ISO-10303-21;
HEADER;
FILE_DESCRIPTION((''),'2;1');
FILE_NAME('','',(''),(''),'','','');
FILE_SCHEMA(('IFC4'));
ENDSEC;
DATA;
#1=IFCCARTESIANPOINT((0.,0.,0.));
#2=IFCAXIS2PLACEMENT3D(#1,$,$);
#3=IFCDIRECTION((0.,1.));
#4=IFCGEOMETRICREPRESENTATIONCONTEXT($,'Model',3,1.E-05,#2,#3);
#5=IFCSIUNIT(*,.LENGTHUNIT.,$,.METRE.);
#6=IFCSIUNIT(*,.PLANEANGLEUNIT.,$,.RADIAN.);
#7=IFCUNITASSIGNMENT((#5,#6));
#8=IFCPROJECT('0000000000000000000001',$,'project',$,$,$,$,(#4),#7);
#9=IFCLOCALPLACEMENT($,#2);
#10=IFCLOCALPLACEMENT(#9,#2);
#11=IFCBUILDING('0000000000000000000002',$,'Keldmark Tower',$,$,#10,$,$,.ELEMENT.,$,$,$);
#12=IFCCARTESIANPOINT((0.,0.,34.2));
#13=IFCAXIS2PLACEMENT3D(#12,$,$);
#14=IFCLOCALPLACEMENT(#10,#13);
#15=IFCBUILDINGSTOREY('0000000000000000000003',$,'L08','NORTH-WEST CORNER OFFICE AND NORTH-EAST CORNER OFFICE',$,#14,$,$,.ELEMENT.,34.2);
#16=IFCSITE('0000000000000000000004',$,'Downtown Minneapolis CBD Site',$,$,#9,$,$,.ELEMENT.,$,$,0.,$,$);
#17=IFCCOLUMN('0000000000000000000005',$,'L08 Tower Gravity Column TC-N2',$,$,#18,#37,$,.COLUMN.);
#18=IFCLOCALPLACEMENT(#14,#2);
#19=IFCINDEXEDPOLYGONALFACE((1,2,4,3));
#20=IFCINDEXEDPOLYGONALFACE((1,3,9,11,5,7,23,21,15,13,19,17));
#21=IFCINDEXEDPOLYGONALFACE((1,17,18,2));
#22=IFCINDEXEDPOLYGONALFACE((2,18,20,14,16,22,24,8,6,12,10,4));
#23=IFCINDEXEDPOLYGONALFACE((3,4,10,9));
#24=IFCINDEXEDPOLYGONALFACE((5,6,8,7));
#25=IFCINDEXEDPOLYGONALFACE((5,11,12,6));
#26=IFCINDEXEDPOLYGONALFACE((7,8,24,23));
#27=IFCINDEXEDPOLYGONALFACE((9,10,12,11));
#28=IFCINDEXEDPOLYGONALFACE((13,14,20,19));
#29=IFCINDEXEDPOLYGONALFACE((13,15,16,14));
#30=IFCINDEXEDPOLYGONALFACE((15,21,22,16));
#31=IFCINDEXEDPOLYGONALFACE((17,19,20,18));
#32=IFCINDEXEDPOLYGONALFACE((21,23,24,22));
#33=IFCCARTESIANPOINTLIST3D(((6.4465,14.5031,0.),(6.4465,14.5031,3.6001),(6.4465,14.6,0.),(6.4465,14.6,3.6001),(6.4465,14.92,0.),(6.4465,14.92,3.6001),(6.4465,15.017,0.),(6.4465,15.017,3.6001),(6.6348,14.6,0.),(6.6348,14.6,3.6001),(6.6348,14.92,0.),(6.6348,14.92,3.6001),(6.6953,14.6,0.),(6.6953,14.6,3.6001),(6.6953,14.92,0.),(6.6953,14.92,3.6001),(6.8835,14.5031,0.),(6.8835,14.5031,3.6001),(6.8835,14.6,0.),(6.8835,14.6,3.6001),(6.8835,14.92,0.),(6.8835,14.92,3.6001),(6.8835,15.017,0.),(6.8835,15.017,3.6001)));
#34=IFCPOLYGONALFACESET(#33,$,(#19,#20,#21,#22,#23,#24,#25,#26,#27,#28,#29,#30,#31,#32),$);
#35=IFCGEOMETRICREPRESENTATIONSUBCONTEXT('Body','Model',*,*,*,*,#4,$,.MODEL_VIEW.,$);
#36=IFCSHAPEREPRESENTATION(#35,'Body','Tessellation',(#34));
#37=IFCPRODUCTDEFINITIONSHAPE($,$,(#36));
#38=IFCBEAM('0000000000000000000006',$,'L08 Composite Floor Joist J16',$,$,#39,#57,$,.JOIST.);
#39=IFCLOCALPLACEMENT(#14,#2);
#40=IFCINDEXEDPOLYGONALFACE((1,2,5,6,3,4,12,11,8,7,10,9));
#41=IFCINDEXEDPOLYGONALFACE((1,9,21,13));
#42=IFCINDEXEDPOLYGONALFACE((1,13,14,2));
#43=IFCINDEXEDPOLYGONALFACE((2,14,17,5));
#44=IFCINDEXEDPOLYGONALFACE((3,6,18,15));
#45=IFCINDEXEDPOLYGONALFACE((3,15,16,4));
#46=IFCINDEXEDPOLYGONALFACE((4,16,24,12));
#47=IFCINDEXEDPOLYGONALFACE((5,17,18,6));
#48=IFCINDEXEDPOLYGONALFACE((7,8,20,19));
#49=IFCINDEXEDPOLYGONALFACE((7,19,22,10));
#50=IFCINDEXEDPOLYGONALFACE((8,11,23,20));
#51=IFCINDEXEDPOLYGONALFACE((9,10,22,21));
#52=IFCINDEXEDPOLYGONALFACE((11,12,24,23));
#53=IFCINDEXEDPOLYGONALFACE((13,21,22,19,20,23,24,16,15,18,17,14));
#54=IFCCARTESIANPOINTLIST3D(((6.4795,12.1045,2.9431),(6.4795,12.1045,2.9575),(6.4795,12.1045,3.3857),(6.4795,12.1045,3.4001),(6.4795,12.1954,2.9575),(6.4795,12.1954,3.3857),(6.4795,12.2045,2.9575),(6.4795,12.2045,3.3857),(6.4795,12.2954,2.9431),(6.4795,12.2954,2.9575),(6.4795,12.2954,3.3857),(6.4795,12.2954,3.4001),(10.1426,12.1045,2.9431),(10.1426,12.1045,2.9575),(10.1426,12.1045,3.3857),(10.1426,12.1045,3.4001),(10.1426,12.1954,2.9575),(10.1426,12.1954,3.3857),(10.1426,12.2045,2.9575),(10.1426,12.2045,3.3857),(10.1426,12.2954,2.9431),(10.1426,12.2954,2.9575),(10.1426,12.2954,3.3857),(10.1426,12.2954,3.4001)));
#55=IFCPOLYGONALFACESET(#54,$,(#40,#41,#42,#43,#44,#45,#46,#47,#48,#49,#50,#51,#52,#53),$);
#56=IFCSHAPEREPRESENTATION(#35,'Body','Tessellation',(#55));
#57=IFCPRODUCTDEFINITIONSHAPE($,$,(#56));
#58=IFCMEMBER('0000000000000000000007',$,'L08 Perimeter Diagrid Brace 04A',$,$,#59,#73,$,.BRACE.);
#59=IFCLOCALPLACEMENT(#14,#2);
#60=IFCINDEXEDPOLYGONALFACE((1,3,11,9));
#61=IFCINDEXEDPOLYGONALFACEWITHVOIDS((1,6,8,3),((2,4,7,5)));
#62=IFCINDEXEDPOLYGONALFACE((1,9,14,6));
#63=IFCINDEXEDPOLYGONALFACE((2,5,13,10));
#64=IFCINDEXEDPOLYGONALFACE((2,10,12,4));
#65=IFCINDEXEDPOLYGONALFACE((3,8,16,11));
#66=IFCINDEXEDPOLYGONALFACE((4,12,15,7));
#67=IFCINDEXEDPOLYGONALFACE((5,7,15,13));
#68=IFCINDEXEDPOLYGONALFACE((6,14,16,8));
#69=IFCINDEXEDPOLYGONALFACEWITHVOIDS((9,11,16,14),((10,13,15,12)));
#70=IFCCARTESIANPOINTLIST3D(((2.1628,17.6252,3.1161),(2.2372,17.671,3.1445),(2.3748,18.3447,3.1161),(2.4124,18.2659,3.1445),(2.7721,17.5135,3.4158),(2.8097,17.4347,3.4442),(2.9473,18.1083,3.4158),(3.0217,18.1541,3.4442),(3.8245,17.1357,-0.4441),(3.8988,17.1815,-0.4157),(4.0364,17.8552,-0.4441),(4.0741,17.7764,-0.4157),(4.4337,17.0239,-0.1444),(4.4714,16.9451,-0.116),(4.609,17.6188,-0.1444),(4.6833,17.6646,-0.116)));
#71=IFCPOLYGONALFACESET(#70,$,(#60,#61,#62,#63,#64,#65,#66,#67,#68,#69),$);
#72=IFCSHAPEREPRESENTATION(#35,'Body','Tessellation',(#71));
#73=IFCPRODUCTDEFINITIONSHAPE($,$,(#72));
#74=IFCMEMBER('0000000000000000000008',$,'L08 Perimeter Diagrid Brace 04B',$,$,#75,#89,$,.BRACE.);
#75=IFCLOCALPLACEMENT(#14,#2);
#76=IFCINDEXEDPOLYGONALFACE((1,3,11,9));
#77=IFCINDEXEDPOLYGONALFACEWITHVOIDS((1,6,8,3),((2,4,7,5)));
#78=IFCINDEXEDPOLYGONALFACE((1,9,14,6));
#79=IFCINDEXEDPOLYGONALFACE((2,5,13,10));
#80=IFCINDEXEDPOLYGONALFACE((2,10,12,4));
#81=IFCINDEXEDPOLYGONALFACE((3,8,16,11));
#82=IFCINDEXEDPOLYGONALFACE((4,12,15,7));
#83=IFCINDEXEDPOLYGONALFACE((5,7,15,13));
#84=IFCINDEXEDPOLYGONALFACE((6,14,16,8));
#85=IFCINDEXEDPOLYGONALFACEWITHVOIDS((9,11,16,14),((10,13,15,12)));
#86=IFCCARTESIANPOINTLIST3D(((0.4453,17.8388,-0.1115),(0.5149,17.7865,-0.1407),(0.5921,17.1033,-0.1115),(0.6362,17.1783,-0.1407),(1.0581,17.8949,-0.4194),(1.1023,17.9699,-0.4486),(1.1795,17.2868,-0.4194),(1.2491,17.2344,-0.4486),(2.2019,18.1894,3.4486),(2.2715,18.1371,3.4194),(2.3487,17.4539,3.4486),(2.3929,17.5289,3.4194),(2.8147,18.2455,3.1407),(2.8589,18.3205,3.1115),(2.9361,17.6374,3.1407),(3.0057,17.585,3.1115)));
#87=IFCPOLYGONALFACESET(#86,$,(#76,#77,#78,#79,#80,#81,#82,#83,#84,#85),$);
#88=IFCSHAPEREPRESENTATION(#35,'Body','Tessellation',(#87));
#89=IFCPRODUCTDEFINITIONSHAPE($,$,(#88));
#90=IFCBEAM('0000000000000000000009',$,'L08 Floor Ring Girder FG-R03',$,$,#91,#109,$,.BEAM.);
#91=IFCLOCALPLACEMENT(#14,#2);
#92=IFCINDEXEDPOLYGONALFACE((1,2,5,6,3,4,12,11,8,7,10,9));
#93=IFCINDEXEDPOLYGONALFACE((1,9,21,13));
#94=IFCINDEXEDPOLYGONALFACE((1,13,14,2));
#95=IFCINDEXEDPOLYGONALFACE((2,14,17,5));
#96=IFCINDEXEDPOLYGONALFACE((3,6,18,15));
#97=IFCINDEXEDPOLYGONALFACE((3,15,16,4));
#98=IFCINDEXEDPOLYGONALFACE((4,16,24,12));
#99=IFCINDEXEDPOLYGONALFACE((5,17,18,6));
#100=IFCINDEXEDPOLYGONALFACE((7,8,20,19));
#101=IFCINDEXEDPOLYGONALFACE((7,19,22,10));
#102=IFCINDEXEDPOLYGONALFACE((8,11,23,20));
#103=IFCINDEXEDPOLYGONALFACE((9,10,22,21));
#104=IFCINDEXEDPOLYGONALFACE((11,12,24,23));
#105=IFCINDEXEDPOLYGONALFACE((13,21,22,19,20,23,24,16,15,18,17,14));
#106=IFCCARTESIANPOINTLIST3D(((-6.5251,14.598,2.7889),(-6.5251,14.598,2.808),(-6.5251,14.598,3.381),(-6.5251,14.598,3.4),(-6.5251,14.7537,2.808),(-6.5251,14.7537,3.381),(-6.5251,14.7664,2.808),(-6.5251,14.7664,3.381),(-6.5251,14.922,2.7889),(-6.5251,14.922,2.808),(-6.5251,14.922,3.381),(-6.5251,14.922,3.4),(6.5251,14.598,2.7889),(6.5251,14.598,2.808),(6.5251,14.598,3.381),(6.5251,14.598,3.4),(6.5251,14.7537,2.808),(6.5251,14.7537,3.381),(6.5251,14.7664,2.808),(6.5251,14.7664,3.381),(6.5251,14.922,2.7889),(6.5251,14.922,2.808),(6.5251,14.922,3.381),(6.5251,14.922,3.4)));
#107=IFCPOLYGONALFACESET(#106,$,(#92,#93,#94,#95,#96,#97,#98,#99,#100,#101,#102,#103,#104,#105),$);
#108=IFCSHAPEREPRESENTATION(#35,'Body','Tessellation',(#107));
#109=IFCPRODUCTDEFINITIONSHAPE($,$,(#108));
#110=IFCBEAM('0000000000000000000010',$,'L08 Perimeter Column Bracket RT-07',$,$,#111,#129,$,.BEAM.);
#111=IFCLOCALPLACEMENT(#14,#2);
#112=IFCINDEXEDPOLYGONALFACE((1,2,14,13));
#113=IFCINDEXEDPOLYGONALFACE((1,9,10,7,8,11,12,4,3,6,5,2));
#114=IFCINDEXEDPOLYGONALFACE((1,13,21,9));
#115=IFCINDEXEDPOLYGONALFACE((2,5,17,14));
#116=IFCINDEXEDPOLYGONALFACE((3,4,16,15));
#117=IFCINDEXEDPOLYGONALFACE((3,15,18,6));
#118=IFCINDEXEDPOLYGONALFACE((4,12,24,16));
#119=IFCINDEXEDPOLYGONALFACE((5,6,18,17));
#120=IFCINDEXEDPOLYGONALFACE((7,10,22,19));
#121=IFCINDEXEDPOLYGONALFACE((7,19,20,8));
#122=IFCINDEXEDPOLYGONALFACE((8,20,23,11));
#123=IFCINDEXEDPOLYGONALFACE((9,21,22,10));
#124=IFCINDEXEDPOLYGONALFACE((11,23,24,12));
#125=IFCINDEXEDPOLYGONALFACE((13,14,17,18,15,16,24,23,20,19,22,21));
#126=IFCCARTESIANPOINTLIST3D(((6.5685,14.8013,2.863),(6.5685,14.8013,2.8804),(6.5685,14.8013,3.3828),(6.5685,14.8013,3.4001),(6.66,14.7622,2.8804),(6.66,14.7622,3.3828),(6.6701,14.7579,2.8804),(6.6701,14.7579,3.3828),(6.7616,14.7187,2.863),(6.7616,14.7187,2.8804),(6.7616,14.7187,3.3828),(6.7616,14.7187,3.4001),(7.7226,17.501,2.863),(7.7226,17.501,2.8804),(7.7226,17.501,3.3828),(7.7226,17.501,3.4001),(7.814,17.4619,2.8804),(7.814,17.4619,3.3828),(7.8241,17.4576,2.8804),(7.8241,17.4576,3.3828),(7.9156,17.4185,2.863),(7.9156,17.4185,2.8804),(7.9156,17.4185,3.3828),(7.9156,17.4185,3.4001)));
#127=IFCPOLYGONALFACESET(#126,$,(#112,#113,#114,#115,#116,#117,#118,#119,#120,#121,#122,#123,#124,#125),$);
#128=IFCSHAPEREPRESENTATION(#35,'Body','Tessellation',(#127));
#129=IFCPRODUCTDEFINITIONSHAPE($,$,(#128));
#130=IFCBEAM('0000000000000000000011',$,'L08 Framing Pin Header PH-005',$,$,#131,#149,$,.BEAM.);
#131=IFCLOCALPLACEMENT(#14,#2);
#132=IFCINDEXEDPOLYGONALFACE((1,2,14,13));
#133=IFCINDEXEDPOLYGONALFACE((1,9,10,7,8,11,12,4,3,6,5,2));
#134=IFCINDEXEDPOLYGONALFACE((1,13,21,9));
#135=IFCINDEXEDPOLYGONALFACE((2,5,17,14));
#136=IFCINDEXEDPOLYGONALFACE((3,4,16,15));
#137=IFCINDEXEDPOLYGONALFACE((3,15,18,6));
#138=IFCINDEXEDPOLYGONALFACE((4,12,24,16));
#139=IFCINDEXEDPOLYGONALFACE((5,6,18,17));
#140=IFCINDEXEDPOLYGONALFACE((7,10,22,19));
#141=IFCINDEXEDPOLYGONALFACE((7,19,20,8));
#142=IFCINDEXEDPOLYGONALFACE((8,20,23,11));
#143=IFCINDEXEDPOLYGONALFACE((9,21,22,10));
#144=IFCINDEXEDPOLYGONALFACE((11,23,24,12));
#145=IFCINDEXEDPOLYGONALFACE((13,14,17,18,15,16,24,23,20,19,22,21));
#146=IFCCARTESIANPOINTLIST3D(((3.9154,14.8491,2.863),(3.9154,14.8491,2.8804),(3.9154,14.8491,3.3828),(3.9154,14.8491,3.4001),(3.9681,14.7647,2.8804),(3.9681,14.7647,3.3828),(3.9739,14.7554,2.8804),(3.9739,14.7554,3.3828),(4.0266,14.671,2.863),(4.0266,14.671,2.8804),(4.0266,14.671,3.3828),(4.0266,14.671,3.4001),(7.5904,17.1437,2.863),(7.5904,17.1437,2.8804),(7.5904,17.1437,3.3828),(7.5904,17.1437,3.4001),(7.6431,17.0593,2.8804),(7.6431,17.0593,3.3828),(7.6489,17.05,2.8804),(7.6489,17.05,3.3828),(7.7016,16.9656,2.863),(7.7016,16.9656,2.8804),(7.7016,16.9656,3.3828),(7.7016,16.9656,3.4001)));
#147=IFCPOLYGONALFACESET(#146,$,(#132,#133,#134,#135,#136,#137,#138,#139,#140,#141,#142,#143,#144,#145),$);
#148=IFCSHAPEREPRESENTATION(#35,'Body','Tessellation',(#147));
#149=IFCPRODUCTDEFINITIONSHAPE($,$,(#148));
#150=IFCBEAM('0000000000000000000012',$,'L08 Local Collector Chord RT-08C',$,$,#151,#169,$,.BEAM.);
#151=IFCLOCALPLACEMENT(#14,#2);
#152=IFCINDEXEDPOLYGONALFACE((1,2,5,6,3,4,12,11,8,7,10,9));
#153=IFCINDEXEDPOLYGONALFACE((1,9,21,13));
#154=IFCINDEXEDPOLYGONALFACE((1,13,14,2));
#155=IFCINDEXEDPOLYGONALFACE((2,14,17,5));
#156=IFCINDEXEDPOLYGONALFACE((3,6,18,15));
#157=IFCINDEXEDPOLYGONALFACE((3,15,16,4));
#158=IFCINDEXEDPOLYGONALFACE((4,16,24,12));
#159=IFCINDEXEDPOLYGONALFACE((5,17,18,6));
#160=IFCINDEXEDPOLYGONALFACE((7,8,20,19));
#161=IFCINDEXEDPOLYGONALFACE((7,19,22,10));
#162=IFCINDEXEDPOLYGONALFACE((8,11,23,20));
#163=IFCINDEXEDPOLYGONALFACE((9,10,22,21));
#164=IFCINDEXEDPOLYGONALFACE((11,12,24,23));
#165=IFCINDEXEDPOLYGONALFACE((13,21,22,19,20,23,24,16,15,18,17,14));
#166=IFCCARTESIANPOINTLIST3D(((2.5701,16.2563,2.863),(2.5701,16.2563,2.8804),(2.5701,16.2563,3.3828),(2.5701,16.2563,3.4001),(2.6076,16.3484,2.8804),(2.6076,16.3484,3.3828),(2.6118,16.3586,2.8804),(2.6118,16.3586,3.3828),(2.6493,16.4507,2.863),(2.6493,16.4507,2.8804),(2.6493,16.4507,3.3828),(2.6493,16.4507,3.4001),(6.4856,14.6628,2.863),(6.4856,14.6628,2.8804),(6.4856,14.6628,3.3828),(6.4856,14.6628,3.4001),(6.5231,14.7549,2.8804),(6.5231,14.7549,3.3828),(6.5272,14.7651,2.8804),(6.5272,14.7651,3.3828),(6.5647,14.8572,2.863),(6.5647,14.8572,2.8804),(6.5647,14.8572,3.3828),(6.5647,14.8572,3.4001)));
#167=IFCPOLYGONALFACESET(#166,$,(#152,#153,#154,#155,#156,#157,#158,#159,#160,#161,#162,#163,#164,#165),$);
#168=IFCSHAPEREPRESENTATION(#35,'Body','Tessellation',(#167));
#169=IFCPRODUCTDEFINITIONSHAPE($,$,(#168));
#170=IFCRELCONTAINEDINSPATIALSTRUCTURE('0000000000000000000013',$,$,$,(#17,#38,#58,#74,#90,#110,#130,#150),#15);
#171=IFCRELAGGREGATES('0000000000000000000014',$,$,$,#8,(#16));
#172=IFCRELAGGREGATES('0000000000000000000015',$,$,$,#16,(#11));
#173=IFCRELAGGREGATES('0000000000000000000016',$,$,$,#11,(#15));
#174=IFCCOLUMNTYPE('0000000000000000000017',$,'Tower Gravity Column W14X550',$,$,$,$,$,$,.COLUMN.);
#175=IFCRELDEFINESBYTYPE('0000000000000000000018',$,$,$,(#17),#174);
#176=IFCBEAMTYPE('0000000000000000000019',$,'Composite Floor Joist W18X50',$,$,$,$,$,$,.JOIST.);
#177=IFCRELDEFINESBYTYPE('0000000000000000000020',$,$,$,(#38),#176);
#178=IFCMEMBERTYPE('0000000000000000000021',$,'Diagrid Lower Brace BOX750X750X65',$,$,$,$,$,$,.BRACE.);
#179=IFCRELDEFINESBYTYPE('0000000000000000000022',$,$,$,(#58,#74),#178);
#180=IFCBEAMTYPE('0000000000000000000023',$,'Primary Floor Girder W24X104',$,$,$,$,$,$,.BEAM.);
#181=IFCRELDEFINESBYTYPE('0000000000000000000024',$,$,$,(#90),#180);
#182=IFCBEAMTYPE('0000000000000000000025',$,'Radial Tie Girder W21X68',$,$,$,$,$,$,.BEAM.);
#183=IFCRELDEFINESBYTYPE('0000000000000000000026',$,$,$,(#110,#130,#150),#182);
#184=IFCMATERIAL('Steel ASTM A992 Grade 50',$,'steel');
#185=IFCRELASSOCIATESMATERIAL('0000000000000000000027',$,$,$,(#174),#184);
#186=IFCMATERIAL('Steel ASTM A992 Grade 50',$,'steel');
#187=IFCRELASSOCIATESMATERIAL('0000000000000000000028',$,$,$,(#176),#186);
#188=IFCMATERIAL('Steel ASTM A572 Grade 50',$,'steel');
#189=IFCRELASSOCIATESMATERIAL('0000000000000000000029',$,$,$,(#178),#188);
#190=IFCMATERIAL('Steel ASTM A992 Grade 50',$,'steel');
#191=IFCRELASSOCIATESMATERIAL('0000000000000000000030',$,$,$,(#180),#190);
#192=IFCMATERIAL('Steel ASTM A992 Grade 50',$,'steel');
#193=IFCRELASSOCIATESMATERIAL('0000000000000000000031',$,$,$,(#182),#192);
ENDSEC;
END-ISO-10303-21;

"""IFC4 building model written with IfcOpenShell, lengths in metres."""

from ifc_helpers import new_model, si_unit, direction, frame, origin, origin_2d, place, context, subcontext, project, spatial, hollow_rectangle, i_section, extrude, material, material_profile, profile_set, type_object, element, save


model = new_model("IFC4")

# Units and contexts
model_context = context("Model", 3, precision=1e-05, world=origin(), true_north=direction((0.0, 1.0)))
body_context = subcontext(model_context, "Body", "Model", "MODEL_VIEW")
ifc_project = project(units=[si_unit("LENGTHUNIT", "METRE"), si_unit("PLANEANGLEUNIT", "RADIAN")], contexts=[model_context])

# Site, building, storey
site_placement = place(None, origin())
site = spatial("IfcSite", under=ifc_project, at=site_placement, Name="Downtown Minneapolis CBD Site", CompositionType="ELEMENT", RefElevation=0.0)
building_placement = place(site_placement, origin())
building = spatial("IfcBuilding", under=site, at=building_placement, Name="Keldmark Tower", CompositionType="ELEMENT")
storey_placement = place(building_placement, frame((0.0, 0.0, 34.2)))
storey = spatial("IfcBuildingStorey", under=building, at=storey_placement, Name="L08", Description="NORTH-WEST CORNER OFFICE AND NORTH-EAST CORNER OFFICE", CompositionType="ELEMENT", Elevation=34.2)

# Column
ifc_material_1 = material(Name="Steel ASTM A992 Grade 50", Category="steel")
ifc_material_profile_1 = material_profile(ifc_material_1, i_section(OverallWidth=0.437, OverallDepth=0.5139, WebThickness=0.0605, FlangeThickness=0.0969, at=origin_2d()), Name="W14X550")
ifc_profile_set_1 = profile_set([ifc_material_profile_1], Name="Steel ASTM A992 Grade 50")
column_type = type_object("IfcColumnType", Name="Tower Gravity Column W14X550", PredefinedType="COLUMN", material=ifc_profile_set_1)
column_placement = place(storey_placement, frame((6.665, 14.76, 0.0), z_axis=(0.0, 0.0, 1.0), x_axis=(1.0, 0.0, 0.0)))
element("IfcColumn", 1, at=column_placement, inside=storey, type_object=column_type, Name="L08 Tower Gravity Column TC-N2", PredefinedType="COLUMN", context=body_context, shape_type="SweptSolid", body=[
    extrude(i_section(OverallWidth=0.437, OverallDepth=0.5139, WebThickness=0.0605, FlangeThickness=0.0969, at=origin_2d()), origin(), (0.0, 0.0, 1.0), 3.6001),
])

# Beam
ifc_material_2 = material(Name="Steel ASTM A992 Grade 50", Category="steel")
ifc_material_profile_2 = material_profile(ifc_material_2, i_section(OverallWidth=0.1909, OverallDepth=0.457, WebThickness=0.009, FlangeThickness=0.0144, at=origin_2d()), Name="W18X50")
ifc_profile_set_2 = profile_set([ifc_material_profile_2], Name="Steel ASTM A992 Grade 50")
beam_type_1 = type_object("IfcBeamType", Name="Composite Floor Joist W18X50", PredefinedType="JOIST", material=ifc_profile_set_2)
beam_1_placement = place(storey_placement, frame((6.4795, 12.2, 3.1716), z_axis=(1.0, 0.0, 0.0), x_axis=(0.0, 1.0, 0.0)))
element("IfcBeam", 2, at=beam_1_placement, inside=storey, type_object=beam_type_1, Name="L08 Composite Floor Joist J16", PredefinedType="JOIST", context=body_context, shape_type="SweptSolid", body=[
    extrude(i_section(OverallWidth=0.1909, OverallDepth=0.457, WebThickness=0.009, FlangeThickness=0.0144, at=origin_2d()), origin(), (0.0, 0.0, 1.0), 3.6631),
])

# Members
ifc_material_3 = material(Name="Steel ASTM A572 Grade 50", Category="steel")
ifc_material_profile_3 = material_profile(ifc_material_3, hollow_rectangle(XDim=0.75, YDim=0.75, WallThickness=0.0649, at=origin_2d()), Name="BOX750X750X65")
ifc_profile_set_3 = profile_set([ifc_material_profile_3], Name="Steel ASTM A572 Grade 50")
member_type = type_object("IfcMemberType", Name="Diagrid Lower Brace BOX750X750X65", PredefinedType="BRACE", material=ifc_profile_set_3)
member_1_placement = place(storey_placement, frame((4.2539, 17.4001, -0.28), z_axis=(-0.419695, 0.123639, 0.899205), x_axis=(-0.282586, -0.959242, 0.0)))
element("IfcMember", 3, at=member_1_placement, inside=storey, type_object=member_type, Name="L08 Perimeter Diagrid Brace 04A", PredefinedType="BRACE", context=body_context, shape_type="SweptSolid", body=[
    extrude(hollow_rectangle(XDim=0.75, YDim=0.75, WallThickness=0.0649, at=origin_2d()), origin(), (0.0, 0.0, 1.0), 3.9592),
])
member_2_placement = place(storey_placement, frame((0.8472, 17.5366, -0.28), z_axis=(0.440769, 0.08797, 0.8933), x_axis=(-0.195723, 0.980659, 0.0)))
element("IfcMember", 4, at=member_2_placement, inside=storey, type_object=member_type, Name="L08 Perimeter Diagrid Brace 04B", PredefinedType="BRACE", context=body_context, shape_type="SweptSolid", body=[
    extrude(hollow_rectangle(XDim=0.75, YDim=0.75, WallThickness=0.0649, at=origin_2d()), origin(), (0.0, 0.0, 1.0), 3.9854),
])

# Beams
ifc_material_4 = material(Name="Steel ASTM A992 Grade 50", Category="steel")
ifc_material_profile_4 = material_profile(ifc_material_4, i_section(OverallWidth=0.324, OverallDepth=0.6111, WebThickness=0.0127, FlangeThickness=0.019, at=origin_2d()), Name="W24X104")
ifc_profile_set_4 = profile_set([ifc_material_profile_4], Name="Steel ASTM A992 Grade 50")
beam_type_2 = type_object("IfcBeamType", Name="Primary Floor Girder W24X104", PredefinedType="BEAM", material=ifc_profile_set_4)
beam_2_placement = place(storey_placement, frame((6.5251, 14.76, 3.0945), z_axis=(-1.0, 0.0, 0.0), x_axis=(0.0, -1.0, 0.0)))
element("IfcBeam", 5, at=beam_2_placement, inside=storey, type_object=beam_type_2, Name="L08 Floor Ring Girder FG-R03", PredefinedType="BEAM", context=body_context, shape_type="SweptSolid", body=[
    extrude(i_section(OverallWidth=0.324, OverallDepth=0.6111, WebThickness=0.0127, FlangeThickness=0.019, at=origin_2d()), origin(), (0.0, 0.0, 1.0), 13.0503),
])
ifc_material_5 = material(Name="Steel ASTM A992 Grade 50", Category="steel")
ifc_material_profile_5 = material_profile(ifc_material_5, i_section(OverallWidth=0.21, OverallDepth=0.5371, WebThickness=0.011, FlangeThickness=0.0173, at=origin_2d()), Name="W21X68")
ifc_profile_set_5 = profile_set([ifc_material_profile_5], Name="Steel ASTM A992 Grade 50")
beam_type_3 = type_object("IfcBeamType", Name="Radial Tie Girder W21X68", PredefinedType="BEAM", material=ifc_profile_set_5)
beam_3_placement = place(storey_placement, frame((6.665, 14.76, 3.1316), z_axis=(0.393066, 0.91951, 0.0), x_axis=(-0.91951, 0.393066, 0.0)))
element("IfcBeam", 6, at=beam_3_placement, inside=storey, type_object=beam_type_3, Name="L08 Perimeter Column Bracket RT-07", PredefinedType="BEAM", context=body_context, shape_type="SweptSolid", body=[
    extrude(i_section(OverallWidth=0.21, OverallDepth=0.5371, WebThickness=0.011, FlangeThickness=0.0173, at=origin_2d()), origin(), (0.0, 0.0, 1.0), 2.936),
])
beam_4_placement = place(storey_placement, frame((7.646, 17.0547, 3.1316), z_axis=(-0.848229, -0.529629, 0.0), x_axis=(0.529629, -0.848229, 0.0)))
element("IfcBeam", 7, at=beam_4_placement, inside=storey, type_object=beam_type_3, Name="L08 Framing Pin Header PH-005", PredefinedType="BEAM", context=body_context, shape_type="SweptSolid", body=[
    extrude(i_section(OverallWidth=0.21, OverallDepth=0.5371, WebThickness=0.011, FlangeThickness=0.0173, at=origin_2d()), origin(), (0.0, 0.0, 1.0), 4.3325),
])
beam_5_placement = place(storey_placement, frame((6.5251, 14.76, 3.1316), z_axis=(-0.926234, 0.37695, 0.0), x_axis=(-0.37695, -0.926234, 0.0)))
element("IfcBeam", 8, at=beam_5_placement, inside=storey, type_object=beam_type_3, Name="L08 Local Collector Chord RT-08C", PredefinedType="BEAM", context=body_context, shape_type="SweptSolid", body=[
    extrude(i_section(OverallWidth=0.21, OverallDepth=0.5371, WebThickness=0.011, FlangeThickness=0.0173, at=origin_2d()), origin(), (0.0, 0.0, 1.0), 4.2273),
])

save(model, "model.ifc")
